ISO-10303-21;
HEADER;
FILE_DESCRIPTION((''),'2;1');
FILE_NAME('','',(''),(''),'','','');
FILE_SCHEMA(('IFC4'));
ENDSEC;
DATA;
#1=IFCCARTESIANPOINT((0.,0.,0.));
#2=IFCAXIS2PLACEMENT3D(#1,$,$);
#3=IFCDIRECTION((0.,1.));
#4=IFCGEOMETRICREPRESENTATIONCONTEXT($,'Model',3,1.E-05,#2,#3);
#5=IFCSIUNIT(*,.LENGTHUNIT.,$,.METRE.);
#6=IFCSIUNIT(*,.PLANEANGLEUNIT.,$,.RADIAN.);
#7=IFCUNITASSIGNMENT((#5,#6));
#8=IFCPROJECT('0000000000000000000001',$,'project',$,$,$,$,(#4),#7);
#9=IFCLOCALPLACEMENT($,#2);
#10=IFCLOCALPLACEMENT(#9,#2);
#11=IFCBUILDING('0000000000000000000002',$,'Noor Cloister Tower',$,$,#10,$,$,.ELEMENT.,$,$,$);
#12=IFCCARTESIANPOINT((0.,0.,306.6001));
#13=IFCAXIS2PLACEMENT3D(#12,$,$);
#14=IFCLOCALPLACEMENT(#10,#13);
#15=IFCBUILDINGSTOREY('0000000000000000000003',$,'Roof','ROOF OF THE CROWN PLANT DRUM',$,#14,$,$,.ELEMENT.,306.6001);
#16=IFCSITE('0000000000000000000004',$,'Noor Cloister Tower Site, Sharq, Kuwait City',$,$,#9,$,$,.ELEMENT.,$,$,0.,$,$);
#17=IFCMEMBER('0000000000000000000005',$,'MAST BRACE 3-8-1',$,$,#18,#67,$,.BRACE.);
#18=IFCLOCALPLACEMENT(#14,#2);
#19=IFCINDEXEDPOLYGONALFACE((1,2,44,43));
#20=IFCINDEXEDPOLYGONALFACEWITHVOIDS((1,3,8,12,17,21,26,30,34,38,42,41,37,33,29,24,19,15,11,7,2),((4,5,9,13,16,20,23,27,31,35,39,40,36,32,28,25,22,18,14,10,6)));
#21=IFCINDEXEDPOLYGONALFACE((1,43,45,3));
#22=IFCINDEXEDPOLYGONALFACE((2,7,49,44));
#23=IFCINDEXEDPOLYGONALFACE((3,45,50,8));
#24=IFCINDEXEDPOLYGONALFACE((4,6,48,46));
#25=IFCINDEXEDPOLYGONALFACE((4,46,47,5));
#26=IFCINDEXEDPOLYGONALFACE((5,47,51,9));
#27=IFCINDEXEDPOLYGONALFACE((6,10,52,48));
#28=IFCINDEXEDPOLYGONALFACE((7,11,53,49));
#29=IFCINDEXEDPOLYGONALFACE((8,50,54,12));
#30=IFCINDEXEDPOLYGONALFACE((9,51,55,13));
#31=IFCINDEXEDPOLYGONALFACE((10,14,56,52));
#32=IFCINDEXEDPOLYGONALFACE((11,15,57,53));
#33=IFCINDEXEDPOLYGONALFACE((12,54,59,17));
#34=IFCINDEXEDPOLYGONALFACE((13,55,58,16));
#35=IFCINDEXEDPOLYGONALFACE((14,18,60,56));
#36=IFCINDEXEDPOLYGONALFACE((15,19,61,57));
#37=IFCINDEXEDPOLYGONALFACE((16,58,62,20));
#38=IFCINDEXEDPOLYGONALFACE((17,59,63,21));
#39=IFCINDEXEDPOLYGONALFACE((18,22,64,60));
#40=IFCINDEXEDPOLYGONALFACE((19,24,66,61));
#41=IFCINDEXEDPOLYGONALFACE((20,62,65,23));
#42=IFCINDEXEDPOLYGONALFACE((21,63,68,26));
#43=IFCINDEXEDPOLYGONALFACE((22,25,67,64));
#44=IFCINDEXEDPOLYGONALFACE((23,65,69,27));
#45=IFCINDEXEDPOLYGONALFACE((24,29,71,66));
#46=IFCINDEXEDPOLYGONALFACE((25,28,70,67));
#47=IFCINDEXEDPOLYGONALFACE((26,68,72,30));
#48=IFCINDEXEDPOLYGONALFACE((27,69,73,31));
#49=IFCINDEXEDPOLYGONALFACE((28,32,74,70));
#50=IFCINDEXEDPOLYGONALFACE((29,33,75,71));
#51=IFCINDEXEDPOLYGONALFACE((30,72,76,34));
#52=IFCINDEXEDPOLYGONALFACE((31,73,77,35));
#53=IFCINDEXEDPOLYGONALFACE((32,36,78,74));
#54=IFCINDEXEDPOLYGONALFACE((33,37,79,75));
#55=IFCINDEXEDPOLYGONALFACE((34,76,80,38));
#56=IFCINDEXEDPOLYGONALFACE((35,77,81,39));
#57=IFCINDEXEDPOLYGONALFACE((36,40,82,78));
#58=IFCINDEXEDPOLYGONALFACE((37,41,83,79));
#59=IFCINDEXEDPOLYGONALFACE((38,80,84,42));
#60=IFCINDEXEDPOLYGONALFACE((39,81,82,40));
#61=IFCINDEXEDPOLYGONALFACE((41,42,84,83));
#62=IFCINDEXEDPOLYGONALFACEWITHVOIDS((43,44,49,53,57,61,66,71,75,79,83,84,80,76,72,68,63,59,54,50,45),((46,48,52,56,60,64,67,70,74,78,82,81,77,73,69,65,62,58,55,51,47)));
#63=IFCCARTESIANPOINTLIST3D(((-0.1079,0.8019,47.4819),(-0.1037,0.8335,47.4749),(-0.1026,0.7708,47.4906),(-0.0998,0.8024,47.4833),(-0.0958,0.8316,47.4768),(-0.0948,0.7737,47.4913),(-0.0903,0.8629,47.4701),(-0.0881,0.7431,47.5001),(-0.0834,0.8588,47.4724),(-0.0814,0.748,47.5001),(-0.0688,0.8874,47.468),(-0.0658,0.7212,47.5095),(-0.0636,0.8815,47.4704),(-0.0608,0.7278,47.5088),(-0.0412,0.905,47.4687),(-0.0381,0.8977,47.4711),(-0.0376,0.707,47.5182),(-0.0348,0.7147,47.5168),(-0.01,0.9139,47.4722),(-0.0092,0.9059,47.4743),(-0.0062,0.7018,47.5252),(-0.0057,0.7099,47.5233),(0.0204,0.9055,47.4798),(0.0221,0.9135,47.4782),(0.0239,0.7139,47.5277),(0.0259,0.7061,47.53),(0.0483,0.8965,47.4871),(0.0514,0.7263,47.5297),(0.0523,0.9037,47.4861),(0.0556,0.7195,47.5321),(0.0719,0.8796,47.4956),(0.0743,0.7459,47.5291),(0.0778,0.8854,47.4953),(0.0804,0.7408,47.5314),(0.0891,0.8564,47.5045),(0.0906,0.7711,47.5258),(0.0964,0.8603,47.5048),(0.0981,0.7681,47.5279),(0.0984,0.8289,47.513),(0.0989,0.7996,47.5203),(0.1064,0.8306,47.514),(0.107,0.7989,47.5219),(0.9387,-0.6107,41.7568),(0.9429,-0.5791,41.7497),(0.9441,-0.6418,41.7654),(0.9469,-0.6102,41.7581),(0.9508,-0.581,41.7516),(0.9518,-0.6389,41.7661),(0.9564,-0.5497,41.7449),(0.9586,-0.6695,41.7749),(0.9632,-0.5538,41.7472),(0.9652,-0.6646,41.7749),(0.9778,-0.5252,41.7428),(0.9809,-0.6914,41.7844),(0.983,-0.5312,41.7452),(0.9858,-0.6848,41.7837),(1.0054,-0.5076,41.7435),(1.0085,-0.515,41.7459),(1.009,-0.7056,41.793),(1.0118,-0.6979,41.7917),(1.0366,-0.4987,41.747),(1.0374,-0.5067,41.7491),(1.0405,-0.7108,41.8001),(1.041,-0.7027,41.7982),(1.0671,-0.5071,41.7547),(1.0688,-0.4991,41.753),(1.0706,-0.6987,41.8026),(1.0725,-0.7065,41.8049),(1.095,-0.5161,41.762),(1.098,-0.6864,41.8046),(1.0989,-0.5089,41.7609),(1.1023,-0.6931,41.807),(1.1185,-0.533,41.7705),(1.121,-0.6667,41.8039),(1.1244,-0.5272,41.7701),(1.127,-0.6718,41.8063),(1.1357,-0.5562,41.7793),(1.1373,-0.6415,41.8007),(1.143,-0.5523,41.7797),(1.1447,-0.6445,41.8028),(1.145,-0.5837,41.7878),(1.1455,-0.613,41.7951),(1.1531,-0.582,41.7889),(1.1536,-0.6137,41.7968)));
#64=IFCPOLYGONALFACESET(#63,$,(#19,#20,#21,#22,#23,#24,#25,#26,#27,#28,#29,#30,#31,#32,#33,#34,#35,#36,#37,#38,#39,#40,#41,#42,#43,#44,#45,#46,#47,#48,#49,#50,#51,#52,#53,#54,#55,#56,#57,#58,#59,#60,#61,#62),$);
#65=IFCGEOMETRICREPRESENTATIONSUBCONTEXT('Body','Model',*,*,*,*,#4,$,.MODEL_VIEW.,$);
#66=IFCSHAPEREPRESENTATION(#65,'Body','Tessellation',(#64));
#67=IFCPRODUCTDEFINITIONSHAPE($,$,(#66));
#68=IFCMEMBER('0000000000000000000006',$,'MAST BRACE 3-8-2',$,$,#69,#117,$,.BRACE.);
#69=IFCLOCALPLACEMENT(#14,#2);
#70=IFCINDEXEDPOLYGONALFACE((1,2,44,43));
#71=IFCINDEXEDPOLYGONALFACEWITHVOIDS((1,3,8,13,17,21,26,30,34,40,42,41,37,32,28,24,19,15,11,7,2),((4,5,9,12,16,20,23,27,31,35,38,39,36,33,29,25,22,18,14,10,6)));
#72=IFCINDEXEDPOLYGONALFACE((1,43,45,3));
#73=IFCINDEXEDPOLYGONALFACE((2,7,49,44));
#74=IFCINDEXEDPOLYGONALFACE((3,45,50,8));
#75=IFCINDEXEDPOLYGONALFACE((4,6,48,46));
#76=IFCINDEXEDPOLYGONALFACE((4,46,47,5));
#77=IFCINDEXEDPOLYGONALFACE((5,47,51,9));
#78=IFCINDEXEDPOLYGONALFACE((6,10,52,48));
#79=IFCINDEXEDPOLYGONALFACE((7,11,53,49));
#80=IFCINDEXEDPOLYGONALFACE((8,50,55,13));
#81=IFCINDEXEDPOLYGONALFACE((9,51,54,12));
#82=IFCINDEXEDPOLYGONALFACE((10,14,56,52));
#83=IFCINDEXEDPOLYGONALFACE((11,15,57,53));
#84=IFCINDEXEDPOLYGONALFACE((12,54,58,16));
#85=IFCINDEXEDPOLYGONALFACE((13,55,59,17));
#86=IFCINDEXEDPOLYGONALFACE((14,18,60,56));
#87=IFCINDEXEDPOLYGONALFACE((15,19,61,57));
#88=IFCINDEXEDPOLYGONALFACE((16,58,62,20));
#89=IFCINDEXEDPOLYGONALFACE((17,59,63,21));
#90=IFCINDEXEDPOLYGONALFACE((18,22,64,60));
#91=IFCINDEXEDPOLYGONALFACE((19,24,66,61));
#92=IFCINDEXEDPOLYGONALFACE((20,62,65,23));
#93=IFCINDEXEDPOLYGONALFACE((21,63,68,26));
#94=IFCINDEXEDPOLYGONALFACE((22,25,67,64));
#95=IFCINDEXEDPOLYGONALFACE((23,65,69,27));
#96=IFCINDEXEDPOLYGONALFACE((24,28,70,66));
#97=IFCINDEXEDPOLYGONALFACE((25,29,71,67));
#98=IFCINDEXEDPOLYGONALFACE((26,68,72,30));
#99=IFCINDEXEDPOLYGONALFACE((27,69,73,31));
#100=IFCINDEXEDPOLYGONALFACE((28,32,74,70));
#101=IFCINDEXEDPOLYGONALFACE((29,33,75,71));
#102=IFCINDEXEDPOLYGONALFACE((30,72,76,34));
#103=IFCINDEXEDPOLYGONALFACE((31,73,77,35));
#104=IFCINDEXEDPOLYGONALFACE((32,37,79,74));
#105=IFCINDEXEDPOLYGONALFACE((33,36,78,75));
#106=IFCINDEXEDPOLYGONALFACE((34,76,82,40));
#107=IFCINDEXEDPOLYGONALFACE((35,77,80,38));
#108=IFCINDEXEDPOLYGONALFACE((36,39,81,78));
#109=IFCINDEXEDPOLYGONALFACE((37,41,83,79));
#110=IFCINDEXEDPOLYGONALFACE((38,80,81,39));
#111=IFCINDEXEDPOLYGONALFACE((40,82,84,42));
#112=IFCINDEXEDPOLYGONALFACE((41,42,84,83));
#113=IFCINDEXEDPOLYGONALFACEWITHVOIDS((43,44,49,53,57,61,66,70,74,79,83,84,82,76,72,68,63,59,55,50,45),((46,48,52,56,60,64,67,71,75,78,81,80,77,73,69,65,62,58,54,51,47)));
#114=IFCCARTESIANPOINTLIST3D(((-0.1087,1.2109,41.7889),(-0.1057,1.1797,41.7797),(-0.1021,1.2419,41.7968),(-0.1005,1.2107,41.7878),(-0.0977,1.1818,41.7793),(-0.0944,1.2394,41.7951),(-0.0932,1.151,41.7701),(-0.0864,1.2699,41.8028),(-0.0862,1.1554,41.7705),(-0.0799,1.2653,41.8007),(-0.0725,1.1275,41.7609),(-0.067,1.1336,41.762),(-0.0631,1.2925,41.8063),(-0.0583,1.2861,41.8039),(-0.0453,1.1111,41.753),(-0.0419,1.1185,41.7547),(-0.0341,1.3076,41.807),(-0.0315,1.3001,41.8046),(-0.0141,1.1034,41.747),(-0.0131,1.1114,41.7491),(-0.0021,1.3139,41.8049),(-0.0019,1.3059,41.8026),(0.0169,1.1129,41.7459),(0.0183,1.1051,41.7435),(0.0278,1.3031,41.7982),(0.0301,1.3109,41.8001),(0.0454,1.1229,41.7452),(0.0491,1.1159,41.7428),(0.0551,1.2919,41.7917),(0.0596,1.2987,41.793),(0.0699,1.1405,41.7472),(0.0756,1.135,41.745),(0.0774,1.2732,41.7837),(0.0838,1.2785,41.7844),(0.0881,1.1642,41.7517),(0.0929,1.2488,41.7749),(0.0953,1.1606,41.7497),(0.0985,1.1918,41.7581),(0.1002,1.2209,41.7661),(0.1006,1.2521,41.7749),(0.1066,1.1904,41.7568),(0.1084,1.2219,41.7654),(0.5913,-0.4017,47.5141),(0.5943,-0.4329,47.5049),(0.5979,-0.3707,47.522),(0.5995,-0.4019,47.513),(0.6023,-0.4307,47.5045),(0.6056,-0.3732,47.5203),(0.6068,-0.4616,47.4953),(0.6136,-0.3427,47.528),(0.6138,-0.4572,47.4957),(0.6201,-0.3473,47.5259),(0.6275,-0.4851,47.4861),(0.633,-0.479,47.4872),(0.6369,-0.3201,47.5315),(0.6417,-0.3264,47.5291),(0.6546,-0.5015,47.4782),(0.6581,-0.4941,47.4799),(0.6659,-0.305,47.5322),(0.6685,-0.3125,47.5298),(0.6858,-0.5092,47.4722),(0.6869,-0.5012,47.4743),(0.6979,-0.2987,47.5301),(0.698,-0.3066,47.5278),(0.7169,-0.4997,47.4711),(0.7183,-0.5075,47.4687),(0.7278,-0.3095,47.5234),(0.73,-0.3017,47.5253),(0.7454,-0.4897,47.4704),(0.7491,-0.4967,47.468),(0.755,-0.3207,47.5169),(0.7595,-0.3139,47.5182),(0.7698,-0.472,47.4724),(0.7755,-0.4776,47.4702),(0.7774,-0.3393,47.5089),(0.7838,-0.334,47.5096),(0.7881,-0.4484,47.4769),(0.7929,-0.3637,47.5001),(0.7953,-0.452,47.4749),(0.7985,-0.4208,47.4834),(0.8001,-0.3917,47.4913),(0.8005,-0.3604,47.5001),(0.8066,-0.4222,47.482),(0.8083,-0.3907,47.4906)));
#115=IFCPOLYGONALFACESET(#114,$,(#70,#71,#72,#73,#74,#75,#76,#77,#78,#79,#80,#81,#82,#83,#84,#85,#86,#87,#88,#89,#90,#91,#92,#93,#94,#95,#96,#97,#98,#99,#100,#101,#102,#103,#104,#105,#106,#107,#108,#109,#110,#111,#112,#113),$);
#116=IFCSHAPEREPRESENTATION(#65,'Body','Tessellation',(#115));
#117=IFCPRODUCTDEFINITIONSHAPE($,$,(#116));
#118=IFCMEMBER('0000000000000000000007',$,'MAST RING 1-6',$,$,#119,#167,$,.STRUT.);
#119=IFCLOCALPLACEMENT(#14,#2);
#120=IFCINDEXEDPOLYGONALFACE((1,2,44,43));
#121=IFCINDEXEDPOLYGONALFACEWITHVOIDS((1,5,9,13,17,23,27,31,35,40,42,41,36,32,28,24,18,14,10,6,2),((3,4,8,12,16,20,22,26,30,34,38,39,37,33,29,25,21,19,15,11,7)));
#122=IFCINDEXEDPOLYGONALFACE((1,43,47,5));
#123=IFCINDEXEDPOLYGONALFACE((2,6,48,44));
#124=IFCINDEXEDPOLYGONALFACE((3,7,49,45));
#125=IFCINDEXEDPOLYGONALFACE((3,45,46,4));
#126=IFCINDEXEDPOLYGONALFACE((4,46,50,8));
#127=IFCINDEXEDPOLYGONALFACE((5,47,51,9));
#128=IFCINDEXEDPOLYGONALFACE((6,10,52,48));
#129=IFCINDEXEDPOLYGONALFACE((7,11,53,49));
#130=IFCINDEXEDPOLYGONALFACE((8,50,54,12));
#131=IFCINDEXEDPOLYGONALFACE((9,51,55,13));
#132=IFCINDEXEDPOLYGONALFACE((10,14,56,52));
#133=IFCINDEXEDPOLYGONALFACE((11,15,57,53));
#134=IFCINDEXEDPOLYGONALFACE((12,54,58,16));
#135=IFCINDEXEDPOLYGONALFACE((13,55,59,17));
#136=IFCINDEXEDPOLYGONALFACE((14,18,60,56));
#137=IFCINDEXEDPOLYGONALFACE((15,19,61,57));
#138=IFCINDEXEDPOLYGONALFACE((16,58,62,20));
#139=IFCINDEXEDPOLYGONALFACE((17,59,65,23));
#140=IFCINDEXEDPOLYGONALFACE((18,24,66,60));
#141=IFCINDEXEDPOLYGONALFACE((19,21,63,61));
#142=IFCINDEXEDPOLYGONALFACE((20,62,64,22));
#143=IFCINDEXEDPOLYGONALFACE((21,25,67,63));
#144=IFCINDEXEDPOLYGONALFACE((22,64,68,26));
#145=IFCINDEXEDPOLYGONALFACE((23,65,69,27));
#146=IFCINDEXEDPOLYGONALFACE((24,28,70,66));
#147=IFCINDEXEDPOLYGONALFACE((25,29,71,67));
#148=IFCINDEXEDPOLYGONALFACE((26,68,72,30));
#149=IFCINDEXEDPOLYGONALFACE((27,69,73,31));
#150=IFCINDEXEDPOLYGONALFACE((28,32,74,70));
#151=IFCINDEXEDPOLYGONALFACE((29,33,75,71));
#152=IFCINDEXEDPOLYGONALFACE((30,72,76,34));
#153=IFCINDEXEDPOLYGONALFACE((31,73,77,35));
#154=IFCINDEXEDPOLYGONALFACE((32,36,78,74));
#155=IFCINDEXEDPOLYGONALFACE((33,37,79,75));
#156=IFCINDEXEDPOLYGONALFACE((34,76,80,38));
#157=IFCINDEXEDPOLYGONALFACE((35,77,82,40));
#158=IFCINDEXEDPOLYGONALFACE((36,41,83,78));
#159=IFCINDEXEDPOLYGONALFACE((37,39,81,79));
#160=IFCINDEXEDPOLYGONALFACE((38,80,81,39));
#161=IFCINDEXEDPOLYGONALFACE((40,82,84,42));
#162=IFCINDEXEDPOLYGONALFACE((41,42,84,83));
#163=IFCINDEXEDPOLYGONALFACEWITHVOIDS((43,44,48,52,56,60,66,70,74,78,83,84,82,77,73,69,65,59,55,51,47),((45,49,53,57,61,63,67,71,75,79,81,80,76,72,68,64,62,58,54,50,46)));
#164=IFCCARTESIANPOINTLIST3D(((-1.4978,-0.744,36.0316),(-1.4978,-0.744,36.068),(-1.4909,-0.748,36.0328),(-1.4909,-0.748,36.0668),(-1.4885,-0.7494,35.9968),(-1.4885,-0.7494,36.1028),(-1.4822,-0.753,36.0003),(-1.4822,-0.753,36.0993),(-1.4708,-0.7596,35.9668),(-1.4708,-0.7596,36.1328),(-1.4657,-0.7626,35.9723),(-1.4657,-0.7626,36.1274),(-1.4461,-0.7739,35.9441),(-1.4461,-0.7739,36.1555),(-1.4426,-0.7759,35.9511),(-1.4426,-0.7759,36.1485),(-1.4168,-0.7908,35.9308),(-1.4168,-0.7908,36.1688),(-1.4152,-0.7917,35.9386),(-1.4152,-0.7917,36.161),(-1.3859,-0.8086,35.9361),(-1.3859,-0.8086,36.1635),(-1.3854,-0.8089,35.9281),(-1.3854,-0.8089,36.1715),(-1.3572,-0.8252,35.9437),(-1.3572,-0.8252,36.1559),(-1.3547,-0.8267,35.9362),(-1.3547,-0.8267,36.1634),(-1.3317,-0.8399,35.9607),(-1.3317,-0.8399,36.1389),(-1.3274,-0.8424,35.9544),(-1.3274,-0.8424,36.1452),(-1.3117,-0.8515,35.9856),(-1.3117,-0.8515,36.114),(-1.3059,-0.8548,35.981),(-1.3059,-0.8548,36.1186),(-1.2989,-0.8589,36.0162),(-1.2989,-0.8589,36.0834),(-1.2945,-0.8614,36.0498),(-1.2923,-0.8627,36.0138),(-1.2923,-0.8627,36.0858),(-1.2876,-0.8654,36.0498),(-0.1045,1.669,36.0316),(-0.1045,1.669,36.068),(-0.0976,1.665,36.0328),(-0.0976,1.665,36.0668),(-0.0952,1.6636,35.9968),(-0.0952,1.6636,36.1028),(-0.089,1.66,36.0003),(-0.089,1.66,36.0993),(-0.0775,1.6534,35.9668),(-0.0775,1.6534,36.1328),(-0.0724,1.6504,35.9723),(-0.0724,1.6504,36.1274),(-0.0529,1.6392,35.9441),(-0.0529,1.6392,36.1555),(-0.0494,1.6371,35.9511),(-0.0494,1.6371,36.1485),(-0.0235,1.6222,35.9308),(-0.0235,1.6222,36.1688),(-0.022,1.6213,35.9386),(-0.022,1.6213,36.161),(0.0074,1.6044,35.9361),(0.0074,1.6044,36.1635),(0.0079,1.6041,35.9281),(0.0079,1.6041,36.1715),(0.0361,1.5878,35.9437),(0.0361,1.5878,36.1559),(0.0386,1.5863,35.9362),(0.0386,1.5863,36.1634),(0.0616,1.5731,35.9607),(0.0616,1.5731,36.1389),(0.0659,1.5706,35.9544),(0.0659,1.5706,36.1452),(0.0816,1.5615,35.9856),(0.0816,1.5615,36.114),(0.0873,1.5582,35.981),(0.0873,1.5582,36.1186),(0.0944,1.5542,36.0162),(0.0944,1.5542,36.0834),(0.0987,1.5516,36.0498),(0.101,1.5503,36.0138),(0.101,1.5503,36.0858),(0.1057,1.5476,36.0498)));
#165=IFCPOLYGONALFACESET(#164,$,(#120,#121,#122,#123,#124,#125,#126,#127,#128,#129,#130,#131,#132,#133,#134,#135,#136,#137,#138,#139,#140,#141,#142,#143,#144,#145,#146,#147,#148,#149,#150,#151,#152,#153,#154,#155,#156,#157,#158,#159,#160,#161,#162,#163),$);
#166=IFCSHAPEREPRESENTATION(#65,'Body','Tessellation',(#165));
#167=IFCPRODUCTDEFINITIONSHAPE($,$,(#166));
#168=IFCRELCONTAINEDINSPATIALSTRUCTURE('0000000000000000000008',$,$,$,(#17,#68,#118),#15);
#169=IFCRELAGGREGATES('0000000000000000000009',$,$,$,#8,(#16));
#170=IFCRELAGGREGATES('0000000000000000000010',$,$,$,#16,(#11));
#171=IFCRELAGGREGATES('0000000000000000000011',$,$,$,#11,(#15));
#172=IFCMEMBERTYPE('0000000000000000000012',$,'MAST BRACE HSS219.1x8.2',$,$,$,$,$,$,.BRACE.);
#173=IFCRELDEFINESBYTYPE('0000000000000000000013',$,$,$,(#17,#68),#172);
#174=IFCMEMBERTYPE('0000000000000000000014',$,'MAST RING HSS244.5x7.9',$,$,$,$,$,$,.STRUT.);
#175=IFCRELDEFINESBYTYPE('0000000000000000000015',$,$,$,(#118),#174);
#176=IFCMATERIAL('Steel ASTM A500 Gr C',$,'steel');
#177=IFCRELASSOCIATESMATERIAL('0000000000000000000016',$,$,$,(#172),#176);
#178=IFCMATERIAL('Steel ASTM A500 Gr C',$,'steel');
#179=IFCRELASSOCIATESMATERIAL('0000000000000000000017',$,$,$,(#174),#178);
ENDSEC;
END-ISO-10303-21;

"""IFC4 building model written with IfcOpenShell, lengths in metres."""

from ifc_helpers import new_model, si_unit, direction, frame, origin, origin_2d, place, context, subcontext, project, spatial, hollow_circle, extrude, material, material_profile, profile_set, type_object, element, save


model = new_model("IFC4")

# Units and contexts
model_context = context("Model", 3, precision=1e-05, world=origin(), true_north=direction((0.0, 1.0)))
body_context = subcontext(model_context, "Body", "Model", "MODEL_VIEW")
ifc_project = project(units=[si_unit("LENGTHUNIT", "METRE"), si_unit("PLANEANGLEUNIT", "RADIAN")], contexts=[model_context])

# Site, building, storey
site_placement = place(None, origin())
site = spatial("IfcSite", under=ifc_project, at=site_placement, Name="Noor Cloister Tower Site, Sharq, Kuwait City", CompositionType="ELEMENT", RefElevation=0.0)
building_placement = place(site_placement, origin())
building = spatial("IfcBuilding", under=site, at=building_placement, Name="Noor Cloister Tower", CompositionType="ELEMENT")
storey_placement = place(building_placement, frame((0.0, 0.0, 306.6001)))
storey = spatial("IfcBuildingStorey", under=building, at=storey_placement, Name="Roof", Description="ROOF OF THE CROWN PLANT DRUM", CompositionType="ELEMENT", Elevation=306.6001)

# Members
ifc_material_1 = material(Name="Steel ASTM A500 Gr C", Category="steel")
ifc_material_profile_1 = material_profile(ifc_material_1, hollow_circle(Radius=0.1096, WallThickness=0.0083, at=origin_2d()), Name="HSS219.1x8.2")
ifc_profile_set_1 = profile_set([ifc_material_profile_1], Name="Steel ASTM A500 Gr C")
member_type_1 = type_object("IfcMemberType", Name="MAST BRACE HSS219.1x8.2", PredefinedType="BRACE", material=ifc_profile_set_1)
for number, where, z_axis, x_axis, name in (
    (1, (1.0466, -0.6042, 41.7749), (-0.17476, 0.235867, 0.955942), (-0.803486, -0.595324, 0.0), "MAST BRACE 3-8-1"),
    (2, (0.0, 1.2085, 41.7749), (0.116875, -0.269256, 0.955951), (0.917311, 0.398173, 0.0), "MAST BRACE 3-8-2"),
):
    element("IfcMember", number, at=place(storey_placement, frame(where, z_axis=z_axis, x_axis=x_axis)), inside=storey, type_object=member_type_1, Name=name, PredefinedType="BRACE", context=body_context, shape_type="SweptSolid", body=[
        extrude(hollow_circle(Radius=0.1096, WallThickness=0.0083, at=origin_2d()), origin(), (0.0, 0.0, 1.0), 5.989),
    ])
ifc_material_2 = material(Name="Steel ASTM A500 Gr C", Category="steel")
ifc_material_profile_2 = material_profile(ifc_material_2, hollow_circle(Radius=0.1221, WallThickness=0.0081, at=origin_2d()), Name="HSS244.5x7.9")
ifc_profile_set_2 = profile_set([ifc_material_profile_2], Name="Steel ASTM A500 Gr C")
member_type_2 = type_object("IfcMemberType", Name="MAST RING HSS244.5x7.9", PredefinedType="STRUT", material=ifc_profile_set_2)
member_1_placement = place(storey_placement, frame((0.0, 1.6086, 36.0498), z_axis=(-0.500031, -0.866008, 0.0), x_axis=(0.866008, -0.500031, 0.0)))
element("IfcMember", 3, at=member_1_placement, inside=storey, type_object=member_type_2, Name="MAST RING 1-6", PredefinedType="STRUT", context=body_context, shape_type="SweptSolid", body=[
    extrude(hollow_circle(Radius=0.1221, WallThickness=0.0081, at=origin_2d()), origin(), (0.0, 0.0, 1.0), 2.7864),
])

save(model, "model.ifc")
